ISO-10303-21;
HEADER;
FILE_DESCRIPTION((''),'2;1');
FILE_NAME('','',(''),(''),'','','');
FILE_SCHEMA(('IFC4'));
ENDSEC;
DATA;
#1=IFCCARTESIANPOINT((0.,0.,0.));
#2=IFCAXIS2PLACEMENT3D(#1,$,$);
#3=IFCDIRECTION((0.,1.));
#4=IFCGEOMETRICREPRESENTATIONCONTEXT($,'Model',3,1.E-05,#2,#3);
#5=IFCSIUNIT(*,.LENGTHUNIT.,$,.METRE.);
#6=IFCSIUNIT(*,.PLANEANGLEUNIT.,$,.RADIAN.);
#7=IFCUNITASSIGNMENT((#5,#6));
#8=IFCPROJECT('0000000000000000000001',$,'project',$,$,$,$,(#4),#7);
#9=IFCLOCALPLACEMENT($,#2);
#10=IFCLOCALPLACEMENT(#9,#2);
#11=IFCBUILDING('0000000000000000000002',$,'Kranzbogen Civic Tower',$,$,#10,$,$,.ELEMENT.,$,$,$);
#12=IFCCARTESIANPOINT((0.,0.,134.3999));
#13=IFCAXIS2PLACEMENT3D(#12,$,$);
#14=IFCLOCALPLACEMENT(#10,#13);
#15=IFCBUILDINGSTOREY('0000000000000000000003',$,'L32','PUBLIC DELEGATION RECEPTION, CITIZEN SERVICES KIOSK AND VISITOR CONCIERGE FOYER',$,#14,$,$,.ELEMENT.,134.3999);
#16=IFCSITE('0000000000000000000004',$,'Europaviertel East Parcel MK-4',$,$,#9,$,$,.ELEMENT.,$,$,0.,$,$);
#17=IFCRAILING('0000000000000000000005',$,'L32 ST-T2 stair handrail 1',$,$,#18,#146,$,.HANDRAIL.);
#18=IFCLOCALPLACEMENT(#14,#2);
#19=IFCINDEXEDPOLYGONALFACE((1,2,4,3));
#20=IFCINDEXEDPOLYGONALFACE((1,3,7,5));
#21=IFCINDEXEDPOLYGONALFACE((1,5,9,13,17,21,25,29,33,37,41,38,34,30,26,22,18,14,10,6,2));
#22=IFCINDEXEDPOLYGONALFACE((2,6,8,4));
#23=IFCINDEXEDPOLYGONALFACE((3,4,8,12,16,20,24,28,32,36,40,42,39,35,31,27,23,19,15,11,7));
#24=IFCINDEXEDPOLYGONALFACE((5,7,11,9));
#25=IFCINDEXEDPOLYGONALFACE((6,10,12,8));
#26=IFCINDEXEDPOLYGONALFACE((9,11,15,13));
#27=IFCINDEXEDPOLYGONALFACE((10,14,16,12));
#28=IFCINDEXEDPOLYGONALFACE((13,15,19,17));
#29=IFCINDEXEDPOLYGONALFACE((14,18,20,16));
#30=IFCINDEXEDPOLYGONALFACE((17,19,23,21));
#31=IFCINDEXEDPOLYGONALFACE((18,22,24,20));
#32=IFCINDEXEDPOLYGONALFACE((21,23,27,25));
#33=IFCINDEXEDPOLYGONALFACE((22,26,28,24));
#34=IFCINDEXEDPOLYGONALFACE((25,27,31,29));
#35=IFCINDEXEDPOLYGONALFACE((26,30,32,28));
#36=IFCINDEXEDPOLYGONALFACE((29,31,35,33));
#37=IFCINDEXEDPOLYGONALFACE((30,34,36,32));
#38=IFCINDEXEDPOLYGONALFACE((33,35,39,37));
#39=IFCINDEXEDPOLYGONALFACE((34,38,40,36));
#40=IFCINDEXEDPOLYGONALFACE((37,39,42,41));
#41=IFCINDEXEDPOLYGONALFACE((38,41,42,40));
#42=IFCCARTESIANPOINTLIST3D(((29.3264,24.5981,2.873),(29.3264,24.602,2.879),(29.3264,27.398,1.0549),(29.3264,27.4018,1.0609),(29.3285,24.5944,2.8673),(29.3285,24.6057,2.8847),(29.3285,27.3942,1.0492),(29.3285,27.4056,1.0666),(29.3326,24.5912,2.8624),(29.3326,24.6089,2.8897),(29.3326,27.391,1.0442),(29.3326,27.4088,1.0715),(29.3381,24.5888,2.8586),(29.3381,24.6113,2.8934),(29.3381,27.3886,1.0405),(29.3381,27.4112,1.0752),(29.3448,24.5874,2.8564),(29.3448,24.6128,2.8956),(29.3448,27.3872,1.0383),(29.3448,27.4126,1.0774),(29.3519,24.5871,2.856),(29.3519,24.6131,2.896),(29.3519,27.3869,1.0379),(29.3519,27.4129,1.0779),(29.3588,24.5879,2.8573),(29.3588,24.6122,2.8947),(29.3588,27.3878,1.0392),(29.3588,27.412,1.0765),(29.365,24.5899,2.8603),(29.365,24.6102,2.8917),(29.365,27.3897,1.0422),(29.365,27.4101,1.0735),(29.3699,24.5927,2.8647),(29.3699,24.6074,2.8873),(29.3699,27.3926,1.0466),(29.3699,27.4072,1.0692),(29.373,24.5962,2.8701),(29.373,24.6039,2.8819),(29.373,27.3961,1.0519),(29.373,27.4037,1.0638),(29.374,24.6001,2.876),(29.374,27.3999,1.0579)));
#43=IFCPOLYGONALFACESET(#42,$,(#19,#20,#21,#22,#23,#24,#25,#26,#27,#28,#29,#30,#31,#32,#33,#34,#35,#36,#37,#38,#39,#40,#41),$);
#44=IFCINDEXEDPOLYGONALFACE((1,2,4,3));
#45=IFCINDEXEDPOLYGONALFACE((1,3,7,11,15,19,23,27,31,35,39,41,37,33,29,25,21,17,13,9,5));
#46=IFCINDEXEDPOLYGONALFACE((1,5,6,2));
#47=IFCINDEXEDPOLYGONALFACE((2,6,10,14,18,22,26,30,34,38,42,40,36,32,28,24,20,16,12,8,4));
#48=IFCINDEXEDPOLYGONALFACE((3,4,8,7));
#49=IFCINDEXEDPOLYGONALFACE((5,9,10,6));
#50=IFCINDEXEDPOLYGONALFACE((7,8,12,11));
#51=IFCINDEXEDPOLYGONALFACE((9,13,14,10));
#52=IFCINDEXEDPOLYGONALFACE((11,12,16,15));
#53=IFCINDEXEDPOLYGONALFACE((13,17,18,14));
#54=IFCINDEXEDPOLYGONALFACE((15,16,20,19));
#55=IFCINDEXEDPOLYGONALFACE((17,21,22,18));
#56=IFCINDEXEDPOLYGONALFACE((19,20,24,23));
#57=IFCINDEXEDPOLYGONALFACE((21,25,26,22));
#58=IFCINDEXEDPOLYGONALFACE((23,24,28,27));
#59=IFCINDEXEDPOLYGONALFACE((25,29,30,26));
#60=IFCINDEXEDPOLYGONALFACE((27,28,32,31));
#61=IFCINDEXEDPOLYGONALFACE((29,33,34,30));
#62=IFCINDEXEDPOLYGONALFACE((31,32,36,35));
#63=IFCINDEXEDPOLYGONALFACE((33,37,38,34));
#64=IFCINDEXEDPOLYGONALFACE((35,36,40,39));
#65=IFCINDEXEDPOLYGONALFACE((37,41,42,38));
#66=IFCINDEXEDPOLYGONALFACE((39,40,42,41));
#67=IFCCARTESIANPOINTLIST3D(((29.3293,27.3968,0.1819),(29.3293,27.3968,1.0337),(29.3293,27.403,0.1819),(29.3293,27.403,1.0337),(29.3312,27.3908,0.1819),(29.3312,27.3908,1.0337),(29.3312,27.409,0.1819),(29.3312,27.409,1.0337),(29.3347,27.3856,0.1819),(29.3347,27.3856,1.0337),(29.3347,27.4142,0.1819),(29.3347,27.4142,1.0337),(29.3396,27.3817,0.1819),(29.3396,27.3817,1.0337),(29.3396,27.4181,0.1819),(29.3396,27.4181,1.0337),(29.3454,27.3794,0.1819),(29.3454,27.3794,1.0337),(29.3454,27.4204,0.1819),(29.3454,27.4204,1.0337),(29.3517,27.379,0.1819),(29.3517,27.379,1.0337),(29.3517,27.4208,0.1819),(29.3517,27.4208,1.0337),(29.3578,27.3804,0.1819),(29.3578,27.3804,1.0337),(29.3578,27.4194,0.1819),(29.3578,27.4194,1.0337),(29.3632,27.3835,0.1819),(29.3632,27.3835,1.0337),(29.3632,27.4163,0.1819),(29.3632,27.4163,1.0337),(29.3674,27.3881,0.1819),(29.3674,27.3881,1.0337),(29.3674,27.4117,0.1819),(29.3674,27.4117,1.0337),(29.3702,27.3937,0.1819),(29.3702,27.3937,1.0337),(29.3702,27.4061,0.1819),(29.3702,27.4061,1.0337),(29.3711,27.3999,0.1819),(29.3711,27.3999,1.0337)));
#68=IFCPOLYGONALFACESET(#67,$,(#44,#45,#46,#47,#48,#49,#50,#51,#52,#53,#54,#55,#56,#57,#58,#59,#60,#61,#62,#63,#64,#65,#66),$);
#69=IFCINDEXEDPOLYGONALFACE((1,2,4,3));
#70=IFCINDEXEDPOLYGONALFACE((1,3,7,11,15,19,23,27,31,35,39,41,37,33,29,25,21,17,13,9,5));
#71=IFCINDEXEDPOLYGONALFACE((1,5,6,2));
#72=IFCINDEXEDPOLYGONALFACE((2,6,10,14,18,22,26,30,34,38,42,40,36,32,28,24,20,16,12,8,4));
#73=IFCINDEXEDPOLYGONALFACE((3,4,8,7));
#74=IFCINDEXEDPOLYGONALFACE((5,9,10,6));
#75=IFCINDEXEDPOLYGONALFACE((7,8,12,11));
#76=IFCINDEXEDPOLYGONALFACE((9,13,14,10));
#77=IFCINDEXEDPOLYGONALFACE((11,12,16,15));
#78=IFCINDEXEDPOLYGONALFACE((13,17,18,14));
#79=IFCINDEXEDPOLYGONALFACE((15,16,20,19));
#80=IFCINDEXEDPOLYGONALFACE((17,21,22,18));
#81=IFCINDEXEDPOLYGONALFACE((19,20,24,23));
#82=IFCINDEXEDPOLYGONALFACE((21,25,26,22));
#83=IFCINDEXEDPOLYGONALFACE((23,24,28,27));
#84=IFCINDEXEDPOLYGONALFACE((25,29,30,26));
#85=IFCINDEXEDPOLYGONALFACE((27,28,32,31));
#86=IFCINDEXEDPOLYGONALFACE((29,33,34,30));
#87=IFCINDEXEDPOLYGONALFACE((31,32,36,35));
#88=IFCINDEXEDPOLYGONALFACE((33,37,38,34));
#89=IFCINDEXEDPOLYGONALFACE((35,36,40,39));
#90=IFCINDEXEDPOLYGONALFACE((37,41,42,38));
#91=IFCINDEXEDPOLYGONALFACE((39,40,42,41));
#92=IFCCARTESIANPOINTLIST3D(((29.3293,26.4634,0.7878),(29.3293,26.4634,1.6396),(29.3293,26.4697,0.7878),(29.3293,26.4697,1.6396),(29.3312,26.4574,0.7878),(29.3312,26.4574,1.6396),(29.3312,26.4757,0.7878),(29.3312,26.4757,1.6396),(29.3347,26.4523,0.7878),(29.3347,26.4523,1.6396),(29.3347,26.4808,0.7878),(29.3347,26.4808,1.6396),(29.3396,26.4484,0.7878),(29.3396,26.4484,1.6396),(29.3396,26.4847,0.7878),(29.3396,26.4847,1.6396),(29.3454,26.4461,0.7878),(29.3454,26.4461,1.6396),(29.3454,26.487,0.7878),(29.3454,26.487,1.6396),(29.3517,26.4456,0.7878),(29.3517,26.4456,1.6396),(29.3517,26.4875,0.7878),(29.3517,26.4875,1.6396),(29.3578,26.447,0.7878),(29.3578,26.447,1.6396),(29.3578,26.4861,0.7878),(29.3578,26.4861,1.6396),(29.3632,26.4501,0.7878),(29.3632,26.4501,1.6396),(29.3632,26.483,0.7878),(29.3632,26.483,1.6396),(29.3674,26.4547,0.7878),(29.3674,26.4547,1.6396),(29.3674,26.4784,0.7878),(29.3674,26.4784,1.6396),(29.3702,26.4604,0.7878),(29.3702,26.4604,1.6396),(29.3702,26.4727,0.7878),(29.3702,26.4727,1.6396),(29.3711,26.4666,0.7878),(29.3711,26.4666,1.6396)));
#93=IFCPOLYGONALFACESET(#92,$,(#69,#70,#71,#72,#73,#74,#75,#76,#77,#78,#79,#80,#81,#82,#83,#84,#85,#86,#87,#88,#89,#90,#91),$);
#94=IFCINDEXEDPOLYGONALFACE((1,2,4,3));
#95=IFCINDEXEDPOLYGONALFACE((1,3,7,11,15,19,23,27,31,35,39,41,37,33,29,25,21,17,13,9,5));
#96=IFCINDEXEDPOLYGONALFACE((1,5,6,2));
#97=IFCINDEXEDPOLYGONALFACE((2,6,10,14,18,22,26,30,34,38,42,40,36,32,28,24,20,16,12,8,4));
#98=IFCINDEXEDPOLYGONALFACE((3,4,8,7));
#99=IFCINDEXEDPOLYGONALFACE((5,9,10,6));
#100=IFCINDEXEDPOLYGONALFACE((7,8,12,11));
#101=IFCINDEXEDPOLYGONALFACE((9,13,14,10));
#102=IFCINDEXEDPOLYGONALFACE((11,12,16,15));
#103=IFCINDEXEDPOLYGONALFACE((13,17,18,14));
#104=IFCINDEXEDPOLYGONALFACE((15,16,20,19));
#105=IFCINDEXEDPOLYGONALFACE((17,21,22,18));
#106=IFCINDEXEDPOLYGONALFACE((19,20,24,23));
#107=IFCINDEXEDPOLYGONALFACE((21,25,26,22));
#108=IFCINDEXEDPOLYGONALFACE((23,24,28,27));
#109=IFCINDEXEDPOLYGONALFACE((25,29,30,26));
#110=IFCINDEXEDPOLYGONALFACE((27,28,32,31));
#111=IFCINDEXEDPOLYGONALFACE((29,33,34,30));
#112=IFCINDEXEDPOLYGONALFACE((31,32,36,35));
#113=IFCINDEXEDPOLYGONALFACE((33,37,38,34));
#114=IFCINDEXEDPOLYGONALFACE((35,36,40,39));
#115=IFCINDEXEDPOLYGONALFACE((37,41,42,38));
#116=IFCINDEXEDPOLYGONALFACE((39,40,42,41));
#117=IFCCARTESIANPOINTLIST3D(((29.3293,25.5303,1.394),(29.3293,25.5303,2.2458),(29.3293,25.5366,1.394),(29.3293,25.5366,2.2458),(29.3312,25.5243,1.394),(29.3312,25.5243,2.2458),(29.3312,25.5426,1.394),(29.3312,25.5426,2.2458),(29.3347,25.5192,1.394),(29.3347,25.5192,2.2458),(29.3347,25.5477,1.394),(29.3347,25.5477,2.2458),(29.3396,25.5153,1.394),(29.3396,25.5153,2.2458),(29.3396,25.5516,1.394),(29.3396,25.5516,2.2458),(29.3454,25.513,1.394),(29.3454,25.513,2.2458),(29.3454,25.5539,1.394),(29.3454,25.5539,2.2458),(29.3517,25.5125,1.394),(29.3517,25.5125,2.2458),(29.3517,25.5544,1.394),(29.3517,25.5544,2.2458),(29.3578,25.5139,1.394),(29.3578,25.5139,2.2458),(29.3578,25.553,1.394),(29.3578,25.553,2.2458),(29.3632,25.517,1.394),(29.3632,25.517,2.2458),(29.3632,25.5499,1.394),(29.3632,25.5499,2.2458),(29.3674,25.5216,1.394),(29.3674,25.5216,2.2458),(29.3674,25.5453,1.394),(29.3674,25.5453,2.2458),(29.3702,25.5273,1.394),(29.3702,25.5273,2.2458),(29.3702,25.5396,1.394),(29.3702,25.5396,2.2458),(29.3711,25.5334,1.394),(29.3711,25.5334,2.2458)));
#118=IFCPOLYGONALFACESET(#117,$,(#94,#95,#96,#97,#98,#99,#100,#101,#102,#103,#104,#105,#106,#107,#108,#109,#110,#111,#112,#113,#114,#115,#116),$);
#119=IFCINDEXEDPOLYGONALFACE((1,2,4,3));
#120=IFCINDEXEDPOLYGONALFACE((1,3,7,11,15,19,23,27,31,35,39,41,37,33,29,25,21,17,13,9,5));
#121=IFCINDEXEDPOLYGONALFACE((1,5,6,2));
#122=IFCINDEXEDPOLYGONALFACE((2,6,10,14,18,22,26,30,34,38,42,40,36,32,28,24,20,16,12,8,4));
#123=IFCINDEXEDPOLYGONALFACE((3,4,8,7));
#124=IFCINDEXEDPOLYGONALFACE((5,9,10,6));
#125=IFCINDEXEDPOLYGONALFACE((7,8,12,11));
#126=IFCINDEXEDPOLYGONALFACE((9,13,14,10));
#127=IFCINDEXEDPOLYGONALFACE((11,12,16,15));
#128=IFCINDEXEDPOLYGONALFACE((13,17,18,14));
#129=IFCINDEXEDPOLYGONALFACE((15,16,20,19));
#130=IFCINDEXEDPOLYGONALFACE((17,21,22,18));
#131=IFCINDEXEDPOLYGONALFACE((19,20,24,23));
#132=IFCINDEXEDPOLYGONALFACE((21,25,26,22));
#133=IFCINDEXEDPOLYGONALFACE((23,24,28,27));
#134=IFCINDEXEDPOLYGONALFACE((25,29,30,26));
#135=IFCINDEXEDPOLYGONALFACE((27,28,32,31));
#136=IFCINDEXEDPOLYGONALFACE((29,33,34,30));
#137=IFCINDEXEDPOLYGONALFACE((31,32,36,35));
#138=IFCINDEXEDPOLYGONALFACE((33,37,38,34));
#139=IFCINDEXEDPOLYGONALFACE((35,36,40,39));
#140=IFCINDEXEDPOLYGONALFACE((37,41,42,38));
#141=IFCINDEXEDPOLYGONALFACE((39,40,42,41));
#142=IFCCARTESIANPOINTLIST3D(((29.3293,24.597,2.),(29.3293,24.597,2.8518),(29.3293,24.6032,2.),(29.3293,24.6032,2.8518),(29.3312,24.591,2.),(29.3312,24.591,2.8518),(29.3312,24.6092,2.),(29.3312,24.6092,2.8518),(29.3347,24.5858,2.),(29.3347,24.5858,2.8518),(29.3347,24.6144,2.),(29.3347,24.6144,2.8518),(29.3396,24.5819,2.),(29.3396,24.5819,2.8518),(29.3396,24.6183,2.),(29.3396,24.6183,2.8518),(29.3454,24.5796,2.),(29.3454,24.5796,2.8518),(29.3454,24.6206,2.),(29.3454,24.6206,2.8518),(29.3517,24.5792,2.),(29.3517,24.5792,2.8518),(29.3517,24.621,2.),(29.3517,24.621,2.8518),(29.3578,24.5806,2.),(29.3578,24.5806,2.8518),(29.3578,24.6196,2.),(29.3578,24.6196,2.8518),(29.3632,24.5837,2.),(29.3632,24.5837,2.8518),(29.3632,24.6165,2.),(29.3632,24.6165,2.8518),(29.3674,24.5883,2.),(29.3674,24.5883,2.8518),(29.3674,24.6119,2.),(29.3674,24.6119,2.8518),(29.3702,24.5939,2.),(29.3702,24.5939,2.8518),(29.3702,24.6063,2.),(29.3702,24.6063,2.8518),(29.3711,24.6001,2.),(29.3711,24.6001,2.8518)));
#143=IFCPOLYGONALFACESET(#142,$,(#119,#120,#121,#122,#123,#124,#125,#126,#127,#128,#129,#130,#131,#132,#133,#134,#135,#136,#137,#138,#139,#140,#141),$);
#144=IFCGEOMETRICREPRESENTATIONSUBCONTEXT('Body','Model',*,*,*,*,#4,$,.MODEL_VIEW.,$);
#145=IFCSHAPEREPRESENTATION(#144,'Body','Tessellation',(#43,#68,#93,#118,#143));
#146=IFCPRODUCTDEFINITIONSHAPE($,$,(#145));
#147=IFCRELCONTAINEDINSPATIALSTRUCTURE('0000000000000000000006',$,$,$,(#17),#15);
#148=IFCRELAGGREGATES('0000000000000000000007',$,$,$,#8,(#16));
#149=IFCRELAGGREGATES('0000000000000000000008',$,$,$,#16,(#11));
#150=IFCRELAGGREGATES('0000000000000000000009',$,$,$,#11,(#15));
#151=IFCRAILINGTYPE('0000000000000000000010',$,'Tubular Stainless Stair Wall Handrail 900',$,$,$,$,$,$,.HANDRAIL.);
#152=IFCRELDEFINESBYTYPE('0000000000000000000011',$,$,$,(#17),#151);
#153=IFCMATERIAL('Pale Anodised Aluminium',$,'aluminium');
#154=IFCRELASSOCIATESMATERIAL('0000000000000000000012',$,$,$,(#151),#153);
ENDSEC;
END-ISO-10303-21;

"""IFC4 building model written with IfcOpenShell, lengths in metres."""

from ifc_helpers import new_model, si_unit, direction, frame, origin, origin_2d, place, context, subcontext, project, spatial, circle, extrude, material, type_object, element, save


model = new_model("IFC4")

# Units and contexts
model_context = context("Model", 3, precision=1e-05, world=origin(), true_north=direction((0.0, 1.0)))
body_context = subcontext(model_context, "Body", "Model", "MODEL_VIEW")
ifc_project = project(units=[si_unit("LENGTHUNIT", "METRE"), si_unit("PLANEANGLEUNIT", "RADIAN")], contexts=[model_context])

# Site, building, storey
site_placement = place(None, origin())
site = spatial("IfcSite", under=ifc_project, at=site_placement, Name="Europaviertel East Parcel MK-4", CompositionType="ELEMENT", RefElevation=0.0)
building_placement = place(site_placement, origin())
building = spatial("IfcBuilding", under=site, at=building_placement, Name="Kranzbogen Civic Tower", CompositionType="ELEMENT")
storey_placement = place(building_placement, frame((0.0, 0.0, 134.3999)))
storey = spatial("IfcBuildingStorey", under=building, at=storey_placement, Name="L32", Description="PUBLIC DELEGATION RECEPTION, CITIZEN SERVICES KIOSK AND VISITOR CONCIERGE FOYER", CompositionType="ELEMENT", Elevation=134.3999)

# Shared definitions
ifc_material_1 = material(Name="Pale Anodised Aluminium", Category="aluminium")

# Railing
railing_type_1 = type_object("IfcRailingType", Name="Tubular Stainless Stair Wall Handrail 900", PredefinedType="HANDRAIL", material=ifc_material_1)
railing_1_placement = place(storey_placement, frame((29.3501, 27.3999, 0.1819)))
element("IfcRailing", 1, at=railing_1_placement, inside=storey, type_object=railing_type_1, Name="L32 ST-T2 stair handrail 1", PredefinedType="HANDRAIL", context=body_context, shape_type="SweptSolid", body=[
    extrude(circle(Radius=0.0239, at=origin_2d()), frame((0.0, 0.0, 0.876), z_axis=(0.0, -0.838684, 0.544618), x_axis=(1.0, 0.0, 0.0)), (0.0, 0.0, 1.0), 3.3384),
    extrude(circle(Radius=0.021, at=origin_2d()), origin(), (0.0, 0.0, 1.0), 0.8518),
    extrude(circle(Radius=0.021, at=origin_2d()), frame((0.0, -0.9333, 0.606)), (0.0, 0.0, 1.0), 0.8518),
    extrude(circle(Radius=0.021, at=origin_2d()), frame((0.0, -1.8665, 1.2122)), (0.0, 0.0, 1.0), 0.8518),
    extrude(circle(Radius=0.021, at=origin_2d()), frame((0.0, -2.7998, 1.8181)), (0.0, 0.0, 1.0), 0.8518),
])

save(model, "model.ifc")
